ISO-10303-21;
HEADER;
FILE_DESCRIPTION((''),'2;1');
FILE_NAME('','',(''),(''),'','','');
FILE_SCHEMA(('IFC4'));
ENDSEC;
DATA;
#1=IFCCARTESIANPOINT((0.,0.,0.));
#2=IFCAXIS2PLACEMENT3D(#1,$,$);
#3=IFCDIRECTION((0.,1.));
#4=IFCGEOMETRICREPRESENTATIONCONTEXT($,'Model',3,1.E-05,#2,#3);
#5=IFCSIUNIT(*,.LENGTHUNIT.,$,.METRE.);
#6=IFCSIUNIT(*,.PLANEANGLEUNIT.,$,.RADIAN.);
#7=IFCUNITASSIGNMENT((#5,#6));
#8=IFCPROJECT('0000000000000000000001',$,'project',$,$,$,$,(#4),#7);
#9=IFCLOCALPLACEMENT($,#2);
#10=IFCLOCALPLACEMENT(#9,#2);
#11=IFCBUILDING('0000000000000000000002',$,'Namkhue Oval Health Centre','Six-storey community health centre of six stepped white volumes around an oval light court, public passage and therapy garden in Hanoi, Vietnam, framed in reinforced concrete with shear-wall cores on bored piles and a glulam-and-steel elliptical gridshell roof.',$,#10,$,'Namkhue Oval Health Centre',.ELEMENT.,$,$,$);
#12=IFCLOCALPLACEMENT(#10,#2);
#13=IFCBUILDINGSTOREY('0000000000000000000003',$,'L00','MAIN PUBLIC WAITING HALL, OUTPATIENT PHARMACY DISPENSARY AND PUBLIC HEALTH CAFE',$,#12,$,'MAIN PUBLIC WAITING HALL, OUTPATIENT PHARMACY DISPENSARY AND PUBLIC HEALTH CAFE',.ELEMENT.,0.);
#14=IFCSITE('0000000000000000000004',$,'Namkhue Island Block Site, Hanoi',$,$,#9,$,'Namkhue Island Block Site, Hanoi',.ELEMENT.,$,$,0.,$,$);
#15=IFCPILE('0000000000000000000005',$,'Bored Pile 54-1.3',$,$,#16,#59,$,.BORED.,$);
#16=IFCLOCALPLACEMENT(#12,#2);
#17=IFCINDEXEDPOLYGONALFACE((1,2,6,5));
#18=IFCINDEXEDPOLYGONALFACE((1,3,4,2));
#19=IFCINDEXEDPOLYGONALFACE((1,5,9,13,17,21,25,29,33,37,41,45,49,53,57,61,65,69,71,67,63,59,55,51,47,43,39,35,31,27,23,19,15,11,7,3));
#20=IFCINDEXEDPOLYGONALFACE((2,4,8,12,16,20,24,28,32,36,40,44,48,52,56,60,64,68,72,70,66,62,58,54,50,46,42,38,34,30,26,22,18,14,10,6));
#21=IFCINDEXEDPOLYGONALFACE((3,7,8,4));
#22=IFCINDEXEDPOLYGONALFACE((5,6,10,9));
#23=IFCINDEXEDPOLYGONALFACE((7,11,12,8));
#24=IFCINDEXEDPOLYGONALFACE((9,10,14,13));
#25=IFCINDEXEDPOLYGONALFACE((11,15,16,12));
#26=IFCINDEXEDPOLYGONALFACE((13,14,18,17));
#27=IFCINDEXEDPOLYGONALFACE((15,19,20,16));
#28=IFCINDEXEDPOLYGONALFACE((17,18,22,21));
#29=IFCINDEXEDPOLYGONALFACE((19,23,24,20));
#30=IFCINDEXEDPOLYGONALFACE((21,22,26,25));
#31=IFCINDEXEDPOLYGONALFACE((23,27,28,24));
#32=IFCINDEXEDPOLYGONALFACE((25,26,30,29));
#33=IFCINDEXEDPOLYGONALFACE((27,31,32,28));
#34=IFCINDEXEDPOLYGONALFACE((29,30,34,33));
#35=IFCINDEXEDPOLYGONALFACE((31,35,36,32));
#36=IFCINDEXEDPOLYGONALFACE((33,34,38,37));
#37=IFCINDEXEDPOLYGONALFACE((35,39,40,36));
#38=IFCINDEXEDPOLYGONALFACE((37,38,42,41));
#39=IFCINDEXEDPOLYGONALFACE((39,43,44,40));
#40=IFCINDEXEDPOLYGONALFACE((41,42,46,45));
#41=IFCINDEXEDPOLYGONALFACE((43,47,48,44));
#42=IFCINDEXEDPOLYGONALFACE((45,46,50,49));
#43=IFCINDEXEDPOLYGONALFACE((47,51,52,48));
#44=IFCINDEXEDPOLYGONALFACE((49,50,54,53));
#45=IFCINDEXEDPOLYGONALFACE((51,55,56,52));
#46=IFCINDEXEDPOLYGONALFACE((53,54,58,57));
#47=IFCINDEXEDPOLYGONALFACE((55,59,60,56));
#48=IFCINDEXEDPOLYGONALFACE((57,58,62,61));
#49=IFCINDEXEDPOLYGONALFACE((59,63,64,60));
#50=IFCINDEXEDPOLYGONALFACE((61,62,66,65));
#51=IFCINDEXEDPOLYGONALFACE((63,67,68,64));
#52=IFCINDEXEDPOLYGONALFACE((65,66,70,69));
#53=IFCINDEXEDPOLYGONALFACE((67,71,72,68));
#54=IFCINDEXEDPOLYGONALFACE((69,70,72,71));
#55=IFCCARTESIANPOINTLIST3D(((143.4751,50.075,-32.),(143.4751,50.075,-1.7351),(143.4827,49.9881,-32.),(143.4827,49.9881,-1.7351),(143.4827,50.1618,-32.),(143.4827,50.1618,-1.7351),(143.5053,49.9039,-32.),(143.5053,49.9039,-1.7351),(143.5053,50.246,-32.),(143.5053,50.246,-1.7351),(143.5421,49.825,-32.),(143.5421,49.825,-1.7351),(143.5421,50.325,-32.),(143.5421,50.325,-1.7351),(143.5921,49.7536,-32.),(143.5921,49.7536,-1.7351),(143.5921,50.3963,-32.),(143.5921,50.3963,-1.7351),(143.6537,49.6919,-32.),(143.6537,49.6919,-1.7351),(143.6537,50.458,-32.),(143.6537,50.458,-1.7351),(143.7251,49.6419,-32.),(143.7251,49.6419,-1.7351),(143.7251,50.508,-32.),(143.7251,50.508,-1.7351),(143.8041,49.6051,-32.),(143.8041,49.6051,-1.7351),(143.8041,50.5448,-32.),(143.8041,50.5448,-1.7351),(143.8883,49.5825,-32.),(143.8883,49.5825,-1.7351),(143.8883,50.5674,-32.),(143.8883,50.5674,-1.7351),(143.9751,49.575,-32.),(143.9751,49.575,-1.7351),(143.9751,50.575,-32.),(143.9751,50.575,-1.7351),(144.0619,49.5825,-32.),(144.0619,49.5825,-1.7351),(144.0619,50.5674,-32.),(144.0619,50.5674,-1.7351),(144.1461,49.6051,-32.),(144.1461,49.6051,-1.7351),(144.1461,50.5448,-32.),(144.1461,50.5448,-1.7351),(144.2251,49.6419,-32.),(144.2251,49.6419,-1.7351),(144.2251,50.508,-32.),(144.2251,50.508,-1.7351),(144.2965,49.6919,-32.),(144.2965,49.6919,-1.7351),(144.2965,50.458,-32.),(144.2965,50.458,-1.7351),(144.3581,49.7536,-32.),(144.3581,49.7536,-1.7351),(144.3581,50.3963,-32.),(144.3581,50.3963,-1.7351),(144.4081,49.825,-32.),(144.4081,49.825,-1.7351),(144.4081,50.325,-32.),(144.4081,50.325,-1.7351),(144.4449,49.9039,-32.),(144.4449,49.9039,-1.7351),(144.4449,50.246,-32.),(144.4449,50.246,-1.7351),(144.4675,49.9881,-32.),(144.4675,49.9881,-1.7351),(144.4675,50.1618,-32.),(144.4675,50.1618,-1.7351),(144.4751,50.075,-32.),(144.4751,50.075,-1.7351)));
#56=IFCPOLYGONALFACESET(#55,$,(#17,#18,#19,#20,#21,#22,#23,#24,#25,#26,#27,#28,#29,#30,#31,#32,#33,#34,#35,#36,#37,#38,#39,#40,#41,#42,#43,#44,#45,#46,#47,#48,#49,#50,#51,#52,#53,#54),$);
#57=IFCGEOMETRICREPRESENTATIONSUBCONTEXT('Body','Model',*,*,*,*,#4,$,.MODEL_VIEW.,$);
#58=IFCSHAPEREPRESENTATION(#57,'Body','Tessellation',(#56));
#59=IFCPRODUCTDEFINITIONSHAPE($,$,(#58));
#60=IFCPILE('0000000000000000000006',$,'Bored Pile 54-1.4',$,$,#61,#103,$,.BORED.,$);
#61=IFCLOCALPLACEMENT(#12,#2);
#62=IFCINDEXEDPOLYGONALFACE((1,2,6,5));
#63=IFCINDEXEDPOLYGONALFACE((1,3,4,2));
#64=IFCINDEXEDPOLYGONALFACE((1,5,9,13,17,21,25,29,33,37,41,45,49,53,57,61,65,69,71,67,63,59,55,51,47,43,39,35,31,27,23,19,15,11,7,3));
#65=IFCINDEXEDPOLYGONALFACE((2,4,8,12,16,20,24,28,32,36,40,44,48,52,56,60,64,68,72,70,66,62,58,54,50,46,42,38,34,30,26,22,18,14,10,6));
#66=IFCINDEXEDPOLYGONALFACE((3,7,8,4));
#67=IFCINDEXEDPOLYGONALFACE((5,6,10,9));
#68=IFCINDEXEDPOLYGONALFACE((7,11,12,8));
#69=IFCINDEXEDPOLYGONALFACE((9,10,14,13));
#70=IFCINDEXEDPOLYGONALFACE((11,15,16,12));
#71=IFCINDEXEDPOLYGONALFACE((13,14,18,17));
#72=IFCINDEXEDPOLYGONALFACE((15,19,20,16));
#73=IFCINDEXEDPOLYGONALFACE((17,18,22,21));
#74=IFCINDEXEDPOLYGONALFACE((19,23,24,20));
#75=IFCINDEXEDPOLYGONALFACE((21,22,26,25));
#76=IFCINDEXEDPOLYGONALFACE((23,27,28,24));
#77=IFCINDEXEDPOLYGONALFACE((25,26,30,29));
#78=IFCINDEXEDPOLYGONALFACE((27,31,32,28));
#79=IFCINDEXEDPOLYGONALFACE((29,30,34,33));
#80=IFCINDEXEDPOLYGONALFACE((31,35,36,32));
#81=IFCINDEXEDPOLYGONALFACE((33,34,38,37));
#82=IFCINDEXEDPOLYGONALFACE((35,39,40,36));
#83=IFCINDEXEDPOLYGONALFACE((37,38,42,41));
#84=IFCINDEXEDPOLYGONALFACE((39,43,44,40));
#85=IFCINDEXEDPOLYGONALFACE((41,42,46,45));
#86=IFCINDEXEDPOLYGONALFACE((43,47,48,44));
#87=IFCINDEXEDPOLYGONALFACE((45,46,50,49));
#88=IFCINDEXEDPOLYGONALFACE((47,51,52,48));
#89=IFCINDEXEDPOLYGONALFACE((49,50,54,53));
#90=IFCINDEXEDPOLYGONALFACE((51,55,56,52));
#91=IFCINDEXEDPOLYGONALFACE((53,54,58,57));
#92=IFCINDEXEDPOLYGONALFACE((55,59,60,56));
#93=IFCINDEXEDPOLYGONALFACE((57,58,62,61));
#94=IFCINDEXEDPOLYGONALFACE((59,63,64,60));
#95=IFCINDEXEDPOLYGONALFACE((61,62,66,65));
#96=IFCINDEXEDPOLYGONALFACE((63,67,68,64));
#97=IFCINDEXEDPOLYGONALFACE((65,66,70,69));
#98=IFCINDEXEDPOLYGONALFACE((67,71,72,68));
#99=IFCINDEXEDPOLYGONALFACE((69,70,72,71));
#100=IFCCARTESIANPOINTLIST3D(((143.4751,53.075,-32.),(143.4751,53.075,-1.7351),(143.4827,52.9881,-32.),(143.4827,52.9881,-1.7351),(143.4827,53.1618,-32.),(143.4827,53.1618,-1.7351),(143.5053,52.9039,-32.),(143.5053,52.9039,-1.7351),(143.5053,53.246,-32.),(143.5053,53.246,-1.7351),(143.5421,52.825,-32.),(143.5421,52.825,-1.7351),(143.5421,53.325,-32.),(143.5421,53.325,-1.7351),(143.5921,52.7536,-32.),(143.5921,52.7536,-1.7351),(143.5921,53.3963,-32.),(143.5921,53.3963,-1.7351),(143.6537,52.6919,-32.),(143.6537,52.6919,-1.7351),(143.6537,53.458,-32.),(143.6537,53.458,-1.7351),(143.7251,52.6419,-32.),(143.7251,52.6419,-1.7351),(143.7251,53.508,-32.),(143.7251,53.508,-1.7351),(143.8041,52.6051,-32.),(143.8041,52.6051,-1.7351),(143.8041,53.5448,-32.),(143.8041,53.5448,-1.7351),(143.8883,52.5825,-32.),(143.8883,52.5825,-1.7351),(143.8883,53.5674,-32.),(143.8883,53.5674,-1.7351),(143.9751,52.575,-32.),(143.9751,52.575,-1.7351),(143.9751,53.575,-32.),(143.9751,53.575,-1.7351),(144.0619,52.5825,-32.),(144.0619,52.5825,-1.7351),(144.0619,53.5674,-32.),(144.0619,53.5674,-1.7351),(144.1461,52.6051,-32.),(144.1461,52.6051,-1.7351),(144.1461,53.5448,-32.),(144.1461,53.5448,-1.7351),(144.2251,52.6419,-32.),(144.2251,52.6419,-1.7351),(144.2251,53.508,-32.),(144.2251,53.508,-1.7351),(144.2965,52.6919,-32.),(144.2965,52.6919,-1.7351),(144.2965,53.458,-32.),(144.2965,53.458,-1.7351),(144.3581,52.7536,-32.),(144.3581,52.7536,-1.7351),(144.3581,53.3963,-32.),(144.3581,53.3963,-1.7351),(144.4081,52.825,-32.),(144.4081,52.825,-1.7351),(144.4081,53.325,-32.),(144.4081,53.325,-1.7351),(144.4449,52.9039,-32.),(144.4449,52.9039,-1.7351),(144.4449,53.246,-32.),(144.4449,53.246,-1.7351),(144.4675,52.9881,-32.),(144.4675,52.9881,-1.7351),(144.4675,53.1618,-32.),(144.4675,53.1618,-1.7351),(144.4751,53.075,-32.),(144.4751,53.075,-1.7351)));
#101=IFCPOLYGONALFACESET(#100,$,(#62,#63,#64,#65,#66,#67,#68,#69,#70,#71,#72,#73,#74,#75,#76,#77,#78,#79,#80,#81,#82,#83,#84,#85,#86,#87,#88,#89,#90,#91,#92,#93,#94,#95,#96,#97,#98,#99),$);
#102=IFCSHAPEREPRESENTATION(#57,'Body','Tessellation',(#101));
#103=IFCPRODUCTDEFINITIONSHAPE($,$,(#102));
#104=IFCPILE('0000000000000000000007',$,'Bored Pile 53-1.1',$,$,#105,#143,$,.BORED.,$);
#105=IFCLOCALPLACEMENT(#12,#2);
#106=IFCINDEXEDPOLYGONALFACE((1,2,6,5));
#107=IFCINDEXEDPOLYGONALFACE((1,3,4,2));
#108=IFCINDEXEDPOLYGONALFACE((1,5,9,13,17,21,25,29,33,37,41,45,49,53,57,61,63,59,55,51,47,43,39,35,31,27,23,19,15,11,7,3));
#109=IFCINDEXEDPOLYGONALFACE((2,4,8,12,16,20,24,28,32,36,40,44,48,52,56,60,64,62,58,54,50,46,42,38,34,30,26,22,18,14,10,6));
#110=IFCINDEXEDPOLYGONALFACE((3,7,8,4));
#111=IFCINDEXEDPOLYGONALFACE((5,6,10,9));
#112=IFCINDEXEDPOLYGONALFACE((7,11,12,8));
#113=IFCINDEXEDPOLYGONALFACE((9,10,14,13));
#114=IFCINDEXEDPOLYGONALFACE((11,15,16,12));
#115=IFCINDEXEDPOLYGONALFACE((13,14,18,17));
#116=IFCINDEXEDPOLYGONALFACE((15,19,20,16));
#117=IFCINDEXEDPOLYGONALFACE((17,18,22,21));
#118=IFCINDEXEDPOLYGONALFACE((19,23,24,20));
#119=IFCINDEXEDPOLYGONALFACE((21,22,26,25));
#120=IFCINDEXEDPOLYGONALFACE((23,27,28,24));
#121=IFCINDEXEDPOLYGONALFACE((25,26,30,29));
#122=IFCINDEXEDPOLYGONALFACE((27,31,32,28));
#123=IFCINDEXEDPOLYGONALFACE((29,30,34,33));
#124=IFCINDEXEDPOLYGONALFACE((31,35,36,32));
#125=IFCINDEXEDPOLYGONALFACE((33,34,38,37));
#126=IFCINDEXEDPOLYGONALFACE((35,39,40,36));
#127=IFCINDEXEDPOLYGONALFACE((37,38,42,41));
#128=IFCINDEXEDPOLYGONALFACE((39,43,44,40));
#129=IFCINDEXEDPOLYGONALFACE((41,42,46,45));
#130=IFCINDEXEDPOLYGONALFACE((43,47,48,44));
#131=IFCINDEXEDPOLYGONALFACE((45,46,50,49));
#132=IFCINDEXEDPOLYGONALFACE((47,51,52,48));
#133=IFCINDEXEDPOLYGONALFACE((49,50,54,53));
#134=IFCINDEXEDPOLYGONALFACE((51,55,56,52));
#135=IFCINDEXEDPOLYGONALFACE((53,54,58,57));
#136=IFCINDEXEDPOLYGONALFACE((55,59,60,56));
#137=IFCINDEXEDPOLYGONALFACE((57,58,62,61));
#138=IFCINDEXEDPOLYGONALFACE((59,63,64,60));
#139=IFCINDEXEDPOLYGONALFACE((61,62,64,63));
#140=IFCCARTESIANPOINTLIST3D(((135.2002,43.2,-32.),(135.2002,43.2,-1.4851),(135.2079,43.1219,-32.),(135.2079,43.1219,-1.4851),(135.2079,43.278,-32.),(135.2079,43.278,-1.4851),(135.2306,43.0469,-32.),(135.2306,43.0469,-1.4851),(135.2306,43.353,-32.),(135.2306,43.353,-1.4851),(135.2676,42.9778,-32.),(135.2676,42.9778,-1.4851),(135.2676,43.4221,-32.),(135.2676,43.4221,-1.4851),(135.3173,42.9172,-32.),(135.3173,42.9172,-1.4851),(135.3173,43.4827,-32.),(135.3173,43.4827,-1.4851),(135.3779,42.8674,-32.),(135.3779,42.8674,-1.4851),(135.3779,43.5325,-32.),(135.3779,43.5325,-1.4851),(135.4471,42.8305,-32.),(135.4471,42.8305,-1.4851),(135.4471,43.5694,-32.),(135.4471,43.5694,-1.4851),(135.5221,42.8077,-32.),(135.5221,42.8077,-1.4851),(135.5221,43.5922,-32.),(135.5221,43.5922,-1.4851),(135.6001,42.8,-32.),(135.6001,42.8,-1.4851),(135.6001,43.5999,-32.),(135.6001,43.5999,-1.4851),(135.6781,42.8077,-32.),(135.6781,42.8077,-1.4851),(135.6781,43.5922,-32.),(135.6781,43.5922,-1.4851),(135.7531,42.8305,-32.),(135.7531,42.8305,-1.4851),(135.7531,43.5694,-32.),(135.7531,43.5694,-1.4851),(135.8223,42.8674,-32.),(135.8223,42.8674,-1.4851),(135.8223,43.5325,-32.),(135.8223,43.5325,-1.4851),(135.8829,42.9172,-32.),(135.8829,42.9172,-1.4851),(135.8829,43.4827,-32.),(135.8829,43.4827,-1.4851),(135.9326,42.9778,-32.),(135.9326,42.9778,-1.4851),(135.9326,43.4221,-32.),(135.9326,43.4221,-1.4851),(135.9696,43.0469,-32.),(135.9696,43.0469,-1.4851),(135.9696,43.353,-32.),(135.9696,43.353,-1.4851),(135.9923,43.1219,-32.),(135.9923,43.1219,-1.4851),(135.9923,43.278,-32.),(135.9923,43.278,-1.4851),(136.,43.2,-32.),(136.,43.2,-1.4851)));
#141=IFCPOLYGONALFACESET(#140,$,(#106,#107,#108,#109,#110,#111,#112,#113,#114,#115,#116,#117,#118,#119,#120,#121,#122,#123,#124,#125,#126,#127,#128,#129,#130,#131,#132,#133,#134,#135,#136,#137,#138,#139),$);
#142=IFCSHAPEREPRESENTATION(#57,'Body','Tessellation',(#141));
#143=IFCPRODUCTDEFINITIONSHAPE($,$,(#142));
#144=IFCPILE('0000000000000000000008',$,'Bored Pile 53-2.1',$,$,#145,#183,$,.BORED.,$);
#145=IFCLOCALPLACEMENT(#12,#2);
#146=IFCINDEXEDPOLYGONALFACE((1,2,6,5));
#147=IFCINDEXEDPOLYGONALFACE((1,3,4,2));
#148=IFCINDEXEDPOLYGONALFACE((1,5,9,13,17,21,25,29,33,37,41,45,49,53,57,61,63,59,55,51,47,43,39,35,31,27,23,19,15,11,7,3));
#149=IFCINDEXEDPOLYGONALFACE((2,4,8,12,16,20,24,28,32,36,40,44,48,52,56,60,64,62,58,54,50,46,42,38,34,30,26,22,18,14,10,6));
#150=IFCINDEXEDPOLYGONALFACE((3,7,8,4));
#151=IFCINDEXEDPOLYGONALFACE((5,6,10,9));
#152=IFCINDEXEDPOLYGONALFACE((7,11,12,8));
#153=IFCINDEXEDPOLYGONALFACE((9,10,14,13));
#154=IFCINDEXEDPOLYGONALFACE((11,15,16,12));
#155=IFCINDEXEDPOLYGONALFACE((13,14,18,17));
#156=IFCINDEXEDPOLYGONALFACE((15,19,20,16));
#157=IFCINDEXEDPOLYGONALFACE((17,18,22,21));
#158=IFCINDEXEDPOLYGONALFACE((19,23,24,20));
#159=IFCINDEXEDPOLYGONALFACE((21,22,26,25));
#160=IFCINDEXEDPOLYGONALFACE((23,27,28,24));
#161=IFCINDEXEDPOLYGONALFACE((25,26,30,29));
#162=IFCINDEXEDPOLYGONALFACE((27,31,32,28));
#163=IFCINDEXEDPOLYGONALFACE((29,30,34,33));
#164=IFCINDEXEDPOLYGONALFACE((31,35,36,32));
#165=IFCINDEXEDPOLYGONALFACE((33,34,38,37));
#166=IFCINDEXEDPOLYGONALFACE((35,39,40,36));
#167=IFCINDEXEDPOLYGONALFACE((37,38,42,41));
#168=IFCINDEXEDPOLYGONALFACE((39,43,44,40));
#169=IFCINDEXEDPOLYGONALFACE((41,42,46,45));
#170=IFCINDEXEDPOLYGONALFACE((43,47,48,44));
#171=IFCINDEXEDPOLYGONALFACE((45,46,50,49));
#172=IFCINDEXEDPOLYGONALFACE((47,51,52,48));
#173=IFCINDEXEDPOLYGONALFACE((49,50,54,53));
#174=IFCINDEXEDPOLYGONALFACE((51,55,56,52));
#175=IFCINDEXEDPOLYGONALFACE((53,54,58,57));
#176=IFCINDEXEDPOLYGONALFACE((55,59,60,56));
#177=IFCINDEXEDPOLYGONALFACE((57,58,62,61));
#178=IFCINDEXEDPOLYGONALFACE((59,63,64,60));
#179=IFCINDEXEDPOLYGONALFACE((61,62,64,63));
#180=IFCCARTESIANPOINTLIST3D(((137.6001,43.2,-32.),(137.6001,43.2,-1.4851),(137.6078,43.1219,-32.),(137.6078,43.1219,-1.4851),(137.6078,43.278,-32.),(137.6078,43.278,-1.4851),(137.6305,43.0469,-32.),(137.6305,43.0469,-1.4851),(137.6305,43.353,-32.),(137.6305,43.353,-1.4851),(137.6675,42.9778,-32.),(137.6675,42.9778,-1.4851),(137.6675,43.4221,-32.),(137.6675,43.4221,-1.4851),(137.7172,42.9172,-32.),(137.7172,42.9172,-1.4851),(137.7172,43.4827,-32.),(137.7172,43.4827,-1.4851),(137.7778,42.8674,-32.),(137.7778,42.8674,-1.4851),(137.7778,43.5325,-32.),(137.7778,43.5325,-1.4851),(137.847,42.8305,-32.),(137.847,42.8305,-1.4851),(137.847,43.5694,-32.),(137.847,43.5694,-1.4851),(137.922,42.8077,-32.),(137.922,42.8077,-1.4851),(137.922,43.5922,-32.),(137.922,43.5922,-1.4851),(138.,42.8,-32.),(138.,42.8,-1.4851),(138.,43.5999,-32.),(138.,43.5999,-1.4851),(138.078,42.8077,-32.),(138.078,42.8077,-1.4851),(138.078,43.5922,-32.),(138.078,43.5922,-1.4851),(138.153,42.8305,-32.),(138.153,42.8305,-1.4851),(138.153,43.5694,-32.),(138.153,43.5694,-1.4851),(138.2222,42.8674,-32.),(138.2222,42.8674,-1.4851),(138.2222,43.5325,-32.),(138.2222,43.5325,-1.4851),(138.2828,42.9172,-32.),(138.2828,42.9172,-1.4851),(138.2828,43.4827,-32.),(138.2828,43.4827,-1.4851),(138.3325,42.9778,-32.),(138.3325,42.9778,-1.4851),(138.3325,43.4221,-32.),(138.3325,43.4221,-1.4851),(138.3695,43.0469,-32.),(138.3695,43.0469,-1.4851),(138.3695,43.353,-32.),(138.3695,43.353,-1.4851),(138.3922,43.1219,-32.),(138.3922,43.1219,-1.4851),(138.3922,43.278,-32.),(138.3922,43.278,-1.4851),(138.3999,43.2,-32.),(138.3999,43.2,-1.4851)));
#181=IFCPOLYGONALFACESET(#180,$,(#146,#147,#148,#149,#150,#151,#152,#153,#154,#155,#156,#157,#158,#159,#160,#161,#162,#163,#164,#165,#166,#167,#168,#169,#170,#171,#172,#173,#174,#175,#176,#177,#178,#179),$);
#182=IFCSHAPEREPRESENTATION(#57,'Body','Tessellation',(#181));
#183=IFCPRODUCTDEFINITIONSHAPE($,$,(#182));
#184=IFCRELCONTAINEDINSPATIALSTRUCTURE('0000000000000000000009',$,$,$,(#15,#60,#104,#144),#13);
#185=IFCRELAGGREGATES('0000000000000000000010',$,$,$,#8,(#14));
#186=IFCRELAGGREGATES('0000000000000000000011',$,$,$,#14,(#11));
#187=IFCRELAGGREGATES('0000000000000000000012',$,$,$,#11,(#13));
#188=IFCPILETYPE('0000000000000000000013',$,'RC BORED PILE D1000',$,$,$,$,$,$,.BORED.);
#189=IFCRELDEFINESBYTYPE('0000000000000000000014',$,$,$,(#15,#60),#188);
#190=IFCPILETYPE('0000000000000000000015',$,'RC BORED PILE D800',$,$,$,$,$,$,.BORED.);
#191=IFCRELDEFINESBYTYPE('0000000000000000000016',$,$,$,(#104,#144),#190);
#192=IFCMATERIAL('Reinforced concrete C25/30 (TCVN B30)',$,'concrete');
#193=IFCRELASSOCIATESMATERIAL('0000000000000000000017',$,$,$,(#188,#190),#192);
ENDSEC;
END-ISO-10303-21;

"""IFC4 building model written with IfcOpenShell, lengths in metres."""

from ifc_helpers import new_model, si_unit, direction, frame, origin, origin_2d, place, context, subcontext, project, spatial, circle, extrude, material, material_profile, profile_set, type_object, element, save


model = new_model("IFC4")

# Units and contexts
model_context = context("Model", 3, precision=1e-05, world=origin(), true_north=direction((0.0, 1.0)))
body_context = subcontext(model_context, "Body", "Model", "MODEL_VIEW")
ifc_project = project(units=[si_unit("LENGTHUNIT", "METRE"), si_unit("PLANEANGLEUNIT", "RADIAN")], contexts=[model_context])

# Site, building, storey
site_placement = place(None, origin())
site = spatial("IfcSite", under=ifc_project, at=site_placement, Name="Namkhue Island Block Site, Hanoi", LongName="Namkhue Island Block Site, Hanoi", CompositionType="ELEMENT", RefElevation=0.0)
building_placement = place(site_placement, origin())
building = spatial("IfcBuilding", under=site, at=building_placement, Name="Namkhue Oval Health Centre", Description="Six-storey community health centre of six stepped white volumes around an oval light court, public passage and therapy garden in Hanoi, Vietnam, framed in reinforced concrete with shear-wall cores on bored piles and a glulam-and-steel elliptical gridshell roof.", LongName="Namkhue Oval Health Centre", CompositionType="ELEMENT")
storey_placement = place(building_placement, origin())
storey = spatial("IfcBuildingStorey", under=building, at=storey_placement, Name="L00", Description="MAIN PUBLIC WAITING HALL, OUTPATIENT PHARMACY DISPENSARY AND PUBLIC HEALTH CAFE", LongName="MAIN PUBLIC WAITING HALL, OUTPATIENT PHARMACY DISPENSARY AND PUBLIC HEALTH CAFE", CompositionType="ELEMENT", Elevation=0.0)

# Piles
ifc_material_1 = material(Name="Reinforced concrete C25/30 (TCVN B30)", Category="concrete")
ifc_material_profile_1 = material_profile(ifc_material_1, circle(Radius=0.5, at=origin_2d()), Name="BORED PILE D1000")
ifc_profile_set_1 = profile_set([ifc_material_profile_1], Name="Reinforced concrete C25/30 (TCVN B30)")
pile_type_1 = type_object("IfcPileType", Name="RC BORED PILE D1000", PredefinedType="BORED", material=ifc_profile_set_1)
for number, where, z_axis, x_axis, name in (
    (1, (143.9751, 50.075, -1.7351), (0.0, 0.0, -1.0), (1.0, 0.0, 0.0), "Bored Pile 54-1.3"),
    (2, (143.9751, 53.075, -1.7351), (0.0, 0.0, -1.0), (1.0, 0.0, 0.0), "Bored Pile 54-1.4"),
):
    element("IfcPile", number, at=place(storey_placement, frame(where, z_axis=z_axis, x_axis=x_axis)), inside=storey, type_object=pile_type_1, Name=name, PredefinedType="BORED", context=body_context, shape_type="SweptSolid", body=[
        extrude(circle(Radius=0.5, at=origin_2d()), origin(), (0.0, 0.0, 1.0), 30.2649),
    ])
ifc_material_profile_2 = material_profile(ifc_material_1, circle(Radius=0.3999, at=origin_2d()), Name="BORED PILE D800")
ifc_profile_set_2 = profile_set([ifc_material_profile_2], Name="Reinforced concrete C25/30 (TCVN B30)")
pile_type_2 = type_object("IfcPileType", Name="RC BORED PILE D800", PredefinedType="BORED", material=ifc_profile_set_2)
for number, where, z_axis, x_axis, name in (
    (3, (135.6001, 43.2, -1.4851), (0.0, 0.0, -1.0), (1.0, 0.0, 0.0), "Bored Pile 53-1.1"),
    (4, (138.0, 43.2, -1.4851), (0.0, 0.0, -1.0), (1.0, 0.0, 0.0), "Bored Pile 53-2.1"),
):
    element("IfcPile", number, at=place(storey_placement, frame(where, z_axis=z_axis, x_axis=x_axis)), inside=storey, type_object=pile_type_2, Name=name, PredefinedType="BORED", context=body_context, shape_type="SweptSolid", body=[
        extrude(circle(Radius=0.3999, at=origin_2d()), origin(), (0.0, 0.0, 1.0), 30.5149),
    ])

save(model, "model.ifc")
